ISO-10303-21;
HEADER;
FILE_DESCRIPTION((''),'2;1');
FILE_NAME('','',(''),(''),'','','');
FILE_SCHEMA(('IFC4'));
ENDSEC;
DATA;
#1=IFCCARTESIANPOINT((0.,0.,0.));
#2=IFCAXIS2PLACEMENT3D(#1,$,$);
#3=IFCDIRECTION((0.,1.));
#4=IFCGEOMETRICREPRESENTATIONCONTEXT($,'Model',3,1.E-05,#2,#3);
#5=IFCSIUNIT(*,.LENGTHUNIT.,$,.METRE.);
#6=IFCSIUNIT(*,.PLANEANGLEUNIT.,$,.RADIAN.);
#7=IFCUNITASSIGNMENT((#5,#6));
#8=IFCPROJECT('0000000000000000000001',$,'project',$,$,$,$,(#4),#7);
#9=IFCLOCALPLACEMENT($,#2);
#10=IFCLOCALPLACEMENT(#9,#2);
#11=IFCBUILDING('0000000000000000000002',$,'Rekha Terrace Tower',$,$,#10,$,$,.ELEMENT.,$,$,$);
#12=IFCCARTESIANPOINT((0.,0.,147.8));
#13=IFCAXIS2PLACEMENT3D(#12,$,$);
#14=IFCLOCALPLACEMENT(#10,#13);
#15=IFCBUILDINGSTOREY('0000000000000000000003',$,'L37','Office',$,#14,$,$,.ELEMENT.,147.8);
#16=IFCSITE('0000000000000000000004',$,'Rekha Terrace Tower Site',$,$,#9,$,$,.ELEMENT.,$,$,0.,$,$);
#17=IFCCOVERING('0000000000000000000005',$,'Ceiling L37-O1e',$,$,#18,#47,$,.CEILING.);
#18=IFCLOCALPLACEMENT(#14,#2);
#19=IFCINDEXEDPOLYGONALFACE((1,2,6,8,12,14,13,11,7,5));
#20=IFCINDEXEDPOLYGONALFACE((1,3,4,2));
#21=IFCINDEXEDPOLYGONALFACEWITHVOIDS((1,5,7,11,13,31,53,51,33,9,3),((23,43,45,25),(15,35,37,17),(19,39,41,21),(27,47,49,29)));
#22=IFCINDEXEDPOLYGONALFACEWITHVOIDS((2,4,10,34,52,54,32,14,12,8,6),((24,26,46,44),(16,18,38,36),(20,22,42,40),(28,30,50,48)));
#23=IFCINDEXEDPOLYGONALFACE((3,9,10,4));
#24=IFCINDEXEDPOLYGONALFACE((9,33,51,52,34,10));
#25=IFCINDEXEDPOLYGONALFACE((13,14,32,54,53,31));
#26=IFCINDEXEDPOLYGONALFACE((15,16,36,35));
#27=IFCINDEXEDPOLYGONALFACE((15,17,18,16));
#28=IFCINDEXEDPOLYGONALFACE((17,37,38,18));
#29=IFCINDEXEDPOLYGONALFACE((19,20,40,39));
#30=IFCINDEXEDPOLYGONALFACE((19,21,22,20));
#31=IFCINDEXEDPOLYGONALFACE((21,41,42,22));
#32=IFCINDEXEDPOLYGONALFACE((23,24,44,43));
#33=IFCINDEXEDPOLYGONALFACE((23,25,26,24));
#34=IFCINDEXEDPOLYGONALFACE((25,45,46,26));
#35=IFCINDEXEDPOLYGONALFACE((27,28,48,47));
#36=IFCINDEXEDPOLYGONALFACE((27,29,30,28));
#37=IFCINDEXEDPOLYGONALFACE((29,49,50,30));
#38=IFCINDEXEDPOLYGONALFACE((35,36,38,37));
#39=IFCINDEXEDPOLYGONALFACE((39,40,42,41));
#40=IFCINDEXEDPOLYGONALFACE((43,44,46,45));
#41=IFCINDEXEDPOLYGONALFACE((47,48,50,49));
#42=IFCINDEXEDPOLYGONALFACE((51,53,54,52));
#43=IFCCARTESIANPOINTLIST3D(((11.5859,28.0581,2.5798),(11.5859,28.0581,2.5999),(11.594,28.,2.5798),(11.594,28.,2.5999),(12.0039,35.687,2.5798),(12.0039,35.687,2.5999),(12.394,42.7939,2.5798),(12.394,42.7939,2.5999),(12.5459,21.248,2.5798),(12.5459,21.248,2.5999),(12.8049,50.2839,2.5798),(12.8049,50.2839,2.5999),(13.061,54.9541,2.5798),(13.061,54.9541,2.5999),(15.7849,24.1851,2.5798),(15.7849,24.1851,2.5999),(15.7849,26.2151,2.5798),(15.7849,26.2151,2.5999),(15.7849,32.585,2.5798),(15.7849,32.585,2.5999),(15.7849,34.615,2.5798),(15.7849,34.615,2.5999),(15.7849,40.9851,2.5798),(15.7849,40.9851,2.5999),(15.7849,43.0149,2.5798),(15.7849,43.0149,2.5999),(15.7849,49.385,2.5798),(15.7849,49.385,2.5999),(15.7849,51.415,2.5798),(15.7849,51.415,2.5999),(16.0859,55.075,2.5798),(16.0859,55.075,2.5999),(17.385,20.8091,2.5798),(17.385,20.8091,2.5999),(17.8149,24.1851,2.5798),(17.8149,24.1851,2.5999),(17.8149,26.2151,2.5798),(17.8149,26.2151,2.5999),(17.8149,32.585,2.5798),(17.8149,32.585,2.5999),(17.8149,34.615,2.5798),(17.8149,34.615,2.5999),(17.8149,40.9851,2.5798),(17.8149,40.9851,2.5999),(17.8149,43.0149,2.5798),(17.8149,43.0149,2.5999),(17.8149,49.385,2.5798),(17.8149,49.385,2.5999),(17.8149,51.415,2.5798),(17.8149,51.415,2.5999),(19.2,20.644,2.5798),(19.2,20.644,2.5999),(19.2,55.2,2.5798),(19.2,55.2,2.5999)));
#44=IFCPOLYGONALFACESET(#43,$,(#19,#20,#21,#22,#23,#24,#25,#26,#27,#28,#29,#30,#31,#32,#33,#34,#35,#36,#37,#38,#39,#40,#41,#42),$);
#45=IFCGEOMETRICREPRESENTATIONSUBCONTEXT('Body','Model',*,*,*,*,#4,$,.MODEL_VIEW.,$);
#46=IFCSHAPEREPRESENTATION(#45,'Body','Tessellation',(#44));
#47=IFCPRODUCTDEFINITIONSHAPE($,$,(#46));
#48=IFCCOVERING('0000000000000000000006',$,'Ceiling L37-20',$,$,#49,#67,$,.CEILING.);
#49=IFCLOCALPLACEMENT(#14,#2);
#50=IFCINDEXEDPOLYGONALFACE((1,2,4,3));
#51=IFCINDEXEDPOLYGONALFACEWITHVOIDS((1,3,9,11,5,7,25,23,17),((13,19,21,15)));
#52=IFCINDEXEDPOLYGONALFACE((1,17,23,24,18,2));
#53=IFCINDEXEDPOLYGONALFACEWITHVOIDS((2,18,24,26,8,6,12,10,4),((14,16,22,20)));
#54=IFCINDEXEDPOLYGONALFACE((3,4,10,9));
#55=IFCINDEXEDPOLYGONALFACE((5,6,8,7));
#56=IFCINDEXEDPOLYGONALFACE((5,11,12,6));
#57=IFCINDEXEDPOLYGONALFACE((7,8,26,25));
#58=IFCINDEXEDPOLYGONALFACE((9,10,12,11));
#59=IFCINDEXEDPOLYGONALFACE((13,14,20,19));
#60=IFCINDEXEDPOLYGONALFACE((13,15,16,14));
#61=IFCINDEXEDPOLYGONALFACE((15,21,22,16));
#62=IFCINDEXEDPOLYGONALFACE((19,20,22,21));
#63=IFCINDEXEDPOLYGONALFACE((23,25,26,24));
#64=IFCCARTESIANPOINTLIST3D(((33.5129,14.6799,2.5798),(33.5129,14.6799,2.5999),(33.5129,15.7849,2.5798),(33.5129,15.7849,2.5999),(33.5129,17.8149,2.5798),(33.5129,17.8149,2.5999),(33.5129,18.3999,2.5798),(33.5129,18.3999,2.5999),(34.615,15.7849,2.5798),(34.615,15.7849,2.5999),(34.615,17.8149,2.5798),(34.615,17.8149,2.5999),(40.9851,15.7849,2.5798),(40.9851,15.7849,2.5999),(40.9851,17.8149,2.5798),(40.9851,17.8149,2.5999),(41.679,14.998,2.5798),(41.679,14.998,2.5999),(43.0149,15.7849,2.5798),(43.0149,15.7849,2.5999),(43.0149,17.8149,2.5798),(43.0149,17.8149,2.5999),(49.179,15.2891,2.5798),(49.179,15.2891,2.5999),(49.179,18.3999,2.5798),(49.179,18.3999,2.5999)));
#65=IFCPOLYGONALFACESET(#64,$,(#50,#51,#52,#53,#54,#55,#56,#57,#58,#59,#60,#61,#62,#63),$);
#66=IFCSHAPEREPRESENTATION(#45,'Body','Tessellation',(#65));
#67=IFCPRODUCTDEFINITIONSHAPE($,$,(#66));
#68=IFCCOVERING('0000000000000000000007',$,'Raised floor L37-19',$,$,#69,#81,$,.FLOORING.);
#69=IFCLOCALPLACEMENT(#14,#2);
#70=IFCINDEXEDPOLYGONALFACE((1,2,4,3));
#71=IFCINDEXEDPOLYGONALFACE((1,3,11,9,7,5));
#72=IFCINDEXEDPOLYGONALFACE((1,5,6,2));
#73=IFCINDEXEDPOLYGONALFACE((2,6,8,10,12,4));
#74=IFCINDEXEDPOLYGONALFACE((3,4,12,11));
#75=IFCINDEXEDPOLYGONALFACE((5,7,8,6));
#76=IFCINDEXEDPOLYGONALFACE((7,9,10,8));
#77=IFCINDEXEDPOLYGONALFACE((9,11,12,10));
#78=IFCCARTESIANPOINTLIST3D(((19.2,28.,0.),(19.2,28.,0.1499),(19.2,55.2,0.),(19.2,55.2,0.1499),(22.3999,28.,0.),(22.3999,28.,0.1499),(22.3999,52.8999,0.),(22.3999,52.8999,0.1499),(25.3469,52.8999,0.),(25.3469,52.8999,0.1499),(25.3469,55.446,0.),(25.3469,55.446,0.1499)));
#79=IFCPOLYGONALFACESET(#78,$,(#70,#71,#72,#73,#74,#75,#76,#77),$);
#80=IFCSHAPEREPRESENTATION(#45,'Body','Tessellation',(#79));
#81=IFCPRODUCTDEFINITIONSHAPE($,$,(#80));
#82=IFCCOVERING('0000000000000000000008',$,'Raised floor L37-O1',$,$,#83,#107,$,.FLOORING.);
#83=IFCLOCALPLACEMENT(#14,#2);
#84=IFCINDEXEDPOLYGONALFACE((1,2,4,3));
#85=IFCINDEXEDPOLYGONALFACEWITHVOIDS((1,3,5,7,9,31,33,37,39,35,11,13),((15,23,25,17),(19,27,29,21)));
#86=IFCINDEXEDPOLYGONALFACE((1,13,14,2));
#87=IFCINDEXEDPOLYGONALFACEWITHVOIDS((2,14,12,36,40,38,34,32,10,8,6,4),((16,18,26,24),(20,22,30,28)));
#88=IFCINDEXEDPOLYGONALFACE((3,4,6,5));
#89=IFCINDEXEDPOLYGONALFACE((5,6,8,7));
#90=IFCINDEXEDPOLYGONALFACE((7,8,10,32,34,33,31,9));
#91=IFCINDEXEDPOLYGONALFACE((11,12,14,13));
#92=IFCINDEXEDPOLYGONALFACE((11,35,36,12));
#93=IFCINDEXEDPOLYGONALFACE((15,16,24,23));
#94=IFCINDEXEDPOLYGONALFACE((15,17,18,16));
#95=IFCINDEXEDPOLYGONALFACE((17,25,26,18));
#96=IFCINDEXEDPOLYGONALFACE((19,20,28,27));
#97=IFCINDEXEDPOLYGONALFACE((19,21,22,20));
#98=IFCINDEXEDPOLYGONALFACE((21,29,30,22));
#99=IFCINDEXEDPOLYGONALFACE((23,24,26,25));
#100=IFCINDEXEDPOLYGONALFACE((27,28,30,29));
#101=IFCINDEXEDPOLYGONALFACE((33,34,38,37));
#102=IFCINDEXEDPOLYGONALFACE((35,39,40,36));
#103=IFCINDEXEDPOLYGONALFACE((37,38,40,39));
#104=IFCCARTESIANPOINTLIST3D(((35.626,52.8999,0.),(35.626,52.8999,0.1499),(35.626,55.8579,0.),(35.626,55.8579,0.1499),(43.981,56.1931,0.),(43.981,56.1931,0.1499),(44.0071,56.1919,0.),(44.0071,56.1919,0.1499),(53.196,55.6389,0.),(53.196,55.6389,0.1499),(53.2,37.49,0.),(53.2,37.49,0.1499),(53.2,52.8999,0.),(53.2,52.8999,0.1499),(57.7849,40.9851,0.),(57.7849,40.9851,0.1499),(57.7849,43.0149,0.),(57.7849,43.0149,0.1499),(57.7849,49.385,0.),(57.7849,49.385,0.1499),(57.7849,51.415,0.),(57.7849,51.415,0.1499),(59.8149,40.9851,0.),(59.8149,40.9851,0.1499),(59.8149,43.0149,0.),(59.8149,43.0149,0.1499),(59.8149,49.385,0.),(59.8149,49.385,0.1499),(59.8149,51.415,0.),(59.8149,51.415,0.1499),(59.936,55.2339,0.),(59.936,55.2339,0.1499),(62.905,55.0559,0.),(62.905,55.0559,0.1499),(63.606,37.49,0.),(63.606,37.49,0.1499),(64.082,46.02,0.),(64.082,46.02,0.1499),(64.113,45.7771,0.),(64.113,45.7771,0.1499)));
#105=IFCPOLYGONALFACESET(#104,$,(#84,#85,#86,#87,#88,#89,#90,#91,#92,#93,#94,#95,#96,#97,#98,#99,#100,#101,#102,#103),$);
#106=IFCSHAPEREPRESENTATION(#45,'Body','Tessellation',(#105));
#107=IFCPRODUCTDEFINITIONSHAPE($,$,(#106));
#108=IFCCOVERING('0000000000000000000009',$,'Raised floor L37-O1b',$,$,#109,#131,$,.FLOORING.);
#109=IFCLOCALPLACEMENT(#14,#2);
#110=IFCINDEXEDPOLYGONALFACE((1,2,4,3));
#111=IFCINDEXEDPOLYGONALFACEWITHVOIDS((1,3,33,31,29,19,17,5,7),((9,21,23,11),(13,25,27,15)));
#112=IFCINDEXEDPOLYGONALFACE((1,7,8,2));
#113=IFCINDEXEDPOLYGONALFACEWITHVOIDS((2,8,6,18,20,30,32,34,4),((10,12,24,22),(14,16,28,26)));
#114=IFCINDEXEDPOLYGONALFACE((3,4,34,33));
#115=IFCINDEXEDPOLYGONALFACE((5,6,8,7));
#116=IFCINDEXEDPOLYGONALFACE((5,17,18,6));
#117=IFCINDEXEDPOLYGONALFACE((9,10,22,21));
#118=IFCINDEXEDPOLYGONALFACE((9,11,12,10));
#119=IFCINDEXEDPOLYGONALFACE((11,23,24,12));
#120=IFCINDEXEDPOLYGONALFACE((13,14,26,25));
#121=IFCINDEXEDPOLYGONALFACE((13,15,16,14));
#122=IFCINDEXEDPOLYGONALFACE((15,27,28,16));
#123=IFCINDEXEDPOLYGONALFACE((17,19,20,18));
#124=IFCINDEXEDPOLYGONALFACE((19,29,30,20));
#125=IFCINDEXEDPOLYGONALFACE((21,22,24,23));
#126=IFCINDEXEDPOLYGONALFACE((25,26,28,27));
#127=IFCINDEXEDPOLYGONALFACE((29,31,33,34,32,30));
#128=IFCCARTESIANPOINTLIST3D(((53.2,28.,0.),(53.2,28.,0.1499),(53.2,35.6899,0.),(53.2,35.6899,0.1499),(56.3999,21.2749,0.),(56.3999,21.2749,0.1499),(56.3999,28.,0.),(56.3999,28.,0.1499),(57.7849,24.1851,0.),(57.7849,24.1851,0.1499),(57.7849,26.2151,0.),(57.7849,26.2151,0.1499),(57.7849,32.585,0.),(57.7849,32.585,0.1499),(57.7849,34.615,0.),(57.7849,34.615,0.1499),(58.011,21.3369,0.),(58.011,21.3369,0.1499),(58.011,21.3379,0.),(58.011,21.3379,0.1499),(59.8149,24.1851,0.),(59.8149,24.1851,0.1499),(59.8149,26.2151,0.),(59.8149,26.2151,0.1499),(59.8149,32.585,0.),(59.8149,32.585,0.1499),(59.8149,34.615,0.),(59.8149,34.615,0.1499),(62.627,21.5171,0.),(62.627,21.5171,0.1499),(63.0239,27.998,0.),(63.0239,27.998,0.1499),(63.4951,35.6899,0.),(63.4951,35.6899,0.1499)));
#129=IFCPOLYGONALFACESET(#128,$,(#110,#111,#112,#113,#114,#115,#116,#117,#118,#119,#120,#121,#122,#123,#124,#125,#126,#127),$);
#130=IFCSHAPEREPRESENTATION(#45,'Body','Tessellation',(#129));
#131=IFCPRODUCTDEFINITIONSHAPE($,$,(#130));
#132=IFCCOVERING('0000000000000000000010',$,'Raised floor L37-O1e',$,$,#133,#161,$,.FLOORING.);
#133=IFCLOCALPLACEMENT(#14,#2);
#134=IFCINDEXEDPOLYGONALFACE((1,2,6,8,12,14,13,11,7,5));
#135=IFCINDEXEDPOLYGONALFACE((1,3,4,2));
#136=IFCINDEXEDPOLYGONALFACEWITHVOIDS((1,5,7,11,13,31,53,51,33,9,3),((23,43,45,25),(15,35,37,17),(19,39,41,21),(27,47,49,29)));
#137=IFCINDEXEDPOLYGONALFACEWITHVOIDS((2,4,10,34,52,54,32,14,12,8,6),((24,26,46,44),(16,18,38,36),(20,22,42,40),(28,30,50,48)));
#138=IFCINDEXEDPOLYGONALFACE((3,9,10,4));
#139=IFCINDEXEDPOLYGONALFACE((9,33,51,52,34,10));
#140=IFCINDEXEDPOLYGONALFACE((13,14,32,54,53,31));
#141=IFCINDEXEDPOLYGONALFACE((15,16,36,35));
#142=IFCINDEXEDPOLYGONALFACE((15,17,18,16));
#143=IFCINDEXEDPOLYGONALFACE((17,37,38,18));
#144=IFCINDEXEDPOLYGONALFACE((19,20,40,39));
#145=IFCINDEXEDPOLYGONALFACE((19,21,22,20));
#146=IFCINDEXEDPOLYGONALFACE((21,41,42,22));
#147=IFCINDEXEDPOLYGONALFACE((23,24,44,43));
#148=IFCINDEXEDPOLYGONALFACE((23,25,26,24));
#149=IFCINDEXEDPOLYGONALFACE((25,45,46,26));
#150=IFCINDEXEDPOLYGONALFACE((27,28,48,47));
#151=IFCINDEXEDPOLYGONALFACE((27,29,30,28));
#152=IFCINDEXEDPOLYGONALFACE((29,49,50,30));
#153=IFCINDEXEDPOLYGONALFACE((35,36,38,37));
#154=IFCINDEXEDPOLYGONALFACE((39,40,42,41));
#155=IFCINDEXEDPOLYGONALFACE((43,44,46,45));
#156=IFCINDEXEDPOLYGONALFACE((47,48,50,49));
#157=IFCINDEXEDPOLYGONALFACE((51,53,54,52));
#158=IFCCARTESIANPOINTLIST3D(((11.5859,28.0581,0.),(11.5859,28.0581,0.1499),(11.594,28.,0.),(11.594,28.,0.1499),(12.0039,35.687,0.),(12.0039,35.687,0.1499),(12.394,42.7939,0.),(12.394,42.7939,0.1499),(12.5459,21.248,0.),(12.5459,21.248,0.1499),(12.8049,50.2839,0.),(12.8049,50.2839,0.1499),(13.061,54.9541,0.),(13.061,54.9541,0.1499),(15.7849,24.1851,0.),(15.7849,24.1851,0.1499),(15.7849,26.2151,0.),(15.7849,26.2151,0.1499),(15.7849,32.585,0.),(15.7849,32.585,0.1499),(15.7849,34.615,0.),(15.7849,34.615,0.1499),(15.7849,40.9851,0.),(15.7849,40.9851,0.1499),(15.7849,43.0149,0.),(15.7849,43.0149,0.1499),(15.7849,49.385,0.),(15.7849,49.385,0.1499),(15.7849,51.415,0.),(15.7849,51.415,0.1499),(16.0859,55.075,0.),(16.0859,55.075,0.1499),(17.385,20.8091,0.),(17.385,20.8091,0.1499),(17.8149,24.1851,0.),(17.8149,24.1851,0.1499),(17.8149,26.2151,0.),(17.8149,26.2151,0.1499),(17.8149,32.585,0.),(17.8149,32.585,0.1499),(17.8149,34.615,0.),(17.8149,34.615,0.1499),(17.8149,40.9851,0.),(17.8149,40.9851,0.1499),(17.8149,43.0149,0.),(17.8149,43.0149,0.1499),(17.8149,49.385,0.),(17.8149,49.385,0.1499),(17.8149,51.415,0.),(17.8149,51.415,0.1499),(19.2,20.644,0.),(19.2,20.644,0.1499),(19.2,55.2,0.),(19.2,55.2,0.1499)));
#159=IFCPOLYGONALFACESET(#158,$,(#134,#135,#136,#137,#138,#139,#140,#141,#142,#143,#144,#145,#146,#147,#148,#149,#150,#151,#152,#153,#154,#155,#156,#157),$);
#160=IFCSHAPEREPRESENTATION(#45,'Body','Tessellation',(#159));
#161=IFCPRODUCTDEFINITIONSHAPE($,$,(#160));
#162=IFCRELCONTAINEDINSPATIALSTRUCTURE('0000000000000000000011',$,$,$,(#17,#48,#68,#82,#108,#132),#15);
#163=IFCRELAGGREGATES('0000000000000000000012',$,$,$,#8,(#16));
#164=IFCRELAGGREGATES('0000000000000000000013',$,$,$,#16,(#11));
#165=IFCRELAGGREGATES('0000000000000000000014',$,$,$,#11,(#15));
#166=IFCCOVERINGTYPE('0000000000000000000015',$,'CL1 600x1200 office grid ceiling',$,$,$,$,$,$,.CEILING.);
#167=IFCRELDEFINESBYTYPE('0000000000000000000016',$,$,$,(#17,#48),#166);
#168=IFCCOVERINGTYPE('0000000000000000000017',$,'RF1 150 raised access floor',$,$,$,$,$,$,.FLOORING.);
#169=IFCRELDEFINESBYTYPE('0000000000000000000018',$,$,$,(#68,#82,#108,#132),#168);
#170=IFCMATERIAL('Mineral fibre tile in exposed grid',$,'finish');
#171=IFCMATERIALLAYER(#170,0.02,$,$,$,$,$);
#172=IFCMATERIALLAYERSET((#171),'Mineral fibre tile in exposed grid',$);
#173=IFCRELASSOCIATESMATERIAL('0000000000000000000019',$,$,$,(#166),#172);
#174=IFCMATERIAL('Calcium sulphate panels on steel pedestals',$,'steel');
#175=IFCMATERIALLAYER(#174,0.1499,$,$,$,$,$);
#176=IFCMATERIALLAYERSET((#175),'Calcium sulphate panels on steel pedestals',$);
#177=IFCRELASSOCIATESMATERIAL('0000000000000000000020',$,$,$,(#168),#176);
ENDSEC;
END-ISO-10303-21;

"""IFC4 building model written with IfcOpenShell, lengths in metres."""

from ifc_helpers import new_model, si_unit, direction, frame, origin, place, context, subcontext, project, spatial, polyline, outline, extrude, material, layer, layer_set, type_object, element, save


model = new_model("IFC4")

# Units and contexts
model_context = context("Model", 3, precision=1e-05, world=origin(), true_north=direction((0.0, 1.0)))
body_context = subcontext(model_context, "Body", "Model", "MODEL_VIEW")
ifc_project = project(units=[si_unit("LENGTHUNIT", "METRE"), si_unit("PLANEANGLEUNIT", "RADIAN")], contexts=[model_context])

# Site, building, storey
site_placement = place(None, origin())
site = spatial("IfcSite", under=ifc_project, at=site_placement, Name="Rekha Terrace Tower Site", CompositionType="ELEMENT", RefElevation=0.0)
building_placement = place(site_placement, origin())
building = spatial("IfcBuilding", under=site, at=building_placement, Name="Rekha Terrace Tower", CompositionType="ELEMENT")
storey_placement = place(building_placement, frame((0.0, 0.0, 147.8)))
storey = spatial("IfcBuildingStorey", under=building, at=storey_placement, Name="L37", Description="Office", CompositionType="ELEMENT", Elevation=147.8)

# Coverings
ifc_material_1 = material(Name="Mineral fibre tile in exposed grid", Category="finish")
ifc_layer_1 = layer(ifc_material_1, 0.02)
ifc_layer_set_1 = layer_set([ifc_layer_1], Name="Mineral fibre tile in exposed grid")
covering_type_1 = type_object("IfcCoveringType", Name="CL1 600x1200 office grid ceiling", PredefinedType="CEILING", material=ifc_layer_set_1)
covering_1_placement = place(storey_placement, frame((0.0, 0.0, 2.5798)))
element("IfcCovering", 1, at=covering_1_placement, inside=storey, type_object=covering_type_1, Name="Ceiling L37-O1e", PredefinedType="CEILING", context=body_context, shape_type="SweptSolid", body=[
    extrude(outline(polyline([(11.5859, 28.0581), (11.594, 28.0), (12.5459, 21.248), (17.385, 20.8091), (19.2, 20.644), (19.2, 55.2), (16.0859, 55.075), (13.061, 54.9541), (12.8049, 50.2839), (12.394, 42.7939), (12.0039, 35.687), (11.5859, 28.0581)]), holes=[polyline([(17.8149, 26.2151), (17.8149, 24.1851), (15.7849, 24.1851), (15.7849, 26.2151), (17.8149, 26.2151)]), polyline([(17.8149, 34.615), (17.8149, 32.585), (15.7849, 32.585), (15.7849, 34.615), (17.8149, 34.615)]), polyline([(17.8149, 40.9851), (15.7849, 40.9851), (15.7849, 43.0149), (17.8149, 43.0149), (17.8149, 40.9851)]), polyline([(17.8149, 49.385), (15.7849, 49.385), (15.7849, 51.415), (17.8149, 51.415), (17.8149, 49.385)])]), origin(), (0.0, 0.0, 1.0), 0.02),
])
covering_2_placement = place(storey_placement, frame((0.0, 0.0, 2.5798)))
element("IfcCovering", 2, at=covering_2_placement, inside=storey, type_object=covering_type_1, Name="Ceiling L37-20", PredefinedType="CEILING", context=body_context, shape_type="SweptSolid", body=[
    extrude(outline(polyline([(33.5129, 14.6799), (41.679, 14.998), (49.179, 15.2891), (49.179, 18.3999), (33.5129, 18.3999), (33.5129, 17.8149), (34.615, 17.8149), (34.615, 15.7849), (33.5129, 15.7849), (33.5129, 14.6799)]), holes=[polyline([(43.0149, 17.8149), (43.0149, 15.7849), (40.9851, 15.7849), (40.9851, 17.8149), (43.0149, 17.8149)])]), origin(), (0.0, 0.0, 1.0), 0.02),
])
ifc_material_2 = material(Name="Calcium sulphate panels on steel pedestals", Category="steel")
ifc_layer_2 = layer(ifc_material_2, 0.1499)
ifc_layer_set_2 = layer_set([ifc_layer_2], Name="Calcium sulphate panels on steel pedestals")
covering_type_2 = type_object("IfcCoveringType", Name="RF1 150 raised access floor", PredefinedType="FLOORING", material=ifc_layer_set_2)
covering_3_placement = place(storey_placement, origin())
element("IfcCovering", 3, at=covering_3_placement, inside=storey, type_object=covering_type_2, Name="Raised floor L37-19", PredefinedType="FLOORING", context=body_context, shape_type="SweptSolid", body=[
    extrude(outline(polyline([(22.3999, 28.0), (22.3999, 52.8999), (25.3469, 52.8999), (25.3469, 55.446), (19.2, 55.2), (19.2, 28.0), (22.3999, 28.0)])), origin(), (0.0, 0.0, 1.0), 0.1499),
])
covering_4_placement = place(storey_placement, origin())
element("IfcCovering", 4, at=covering_4_placement, inside=storey, type_object=covering_type_2, Name="Raised floor L37-O1", PredefinedType="FLOORING", context=body_context, shape_type="SweptSolid", body=[
    extrude(outline(polyline([(53.196, 55.6389), (44.0071, 56.1919), (43.981, 56.1931), (35.626, 55.8579), (35.626, 52.8999), (53.2, 52.8999), (53.2, 37.49), (63.606, 37.49), (64.113, 45.7771), (64.082, 46.02), (62.905, 55.0559), (59.936, 55.2339), (53.196, 55.6389)]), holes=[polyline([(59.8149, 40.9851), (57.7849, 40.9851), (57.7849, 43.0149), (59.8149, 43.0149), (59.8149, 40.9851)]), polyline([(59.8149, 49.385), (57.7849, 49.385), (57.7849, 51.415), (59.8149, 51.415), (59.8149, 49.385)])]), origin(), (0.0, 0.0, 1.0), 0.1499),
])
covering_5_placement = place(storey_placement, origin())
element("IfcCovering", 5, at=covering_5_placement, inside=storey, type_object=covering_type_2, Name="Raised floor L37-O1b", PredefinedType="FLOORING", context=body_context, shape_type="SweptSolid", body=[
    extrude(outline(polyline([(53.2, 35.6899), (53.2, 28.0), (56.3999, 28.0), (56.3999, 21.2749), (58.011, 21.3369), (58.011, 21.3379), (62.627, 21.5171), (63.0239, 27.998), (63.4951, 35.6899), (53.2, 35.6899)]), holes=[polyline([(59.8149, 26.2151), (59.8149, 24.1851), (57.7849, 24.1851), (57.7849, 26.2151), (59.8149, 26.2151)]), polyline([(59.8149, 32.585), (57.7849, 32.585), (57.7849, 34.615), (59.8149, 34.615), (59.8149, 32.585)])]), origin(), (0.0, 0.0, 1.0), 0.1499),
])
covering_6_placement = place(storey_placement, origin())
element("IfcCovering", 6, at=covering_6_placement, inside=storey, type_object=covering_type_2, Name="Raised floor L37-O1e", PredefinedType="FLOORING", context=body_context, shape_type="SweptSolid", body=[
    extrude(outline(polyline([(11.5859, 28.0581), (11.594, 28.0), (12.5459, 21.248), (17.385, 20.8091), (19.2, 20.644), (19.2, 55.2), (16.0859, 55.075), (13.061, 54.9541), (12.8049, 50.2839), (12.394, 42.7939), (12.0039, 35.687), (11.5859, 28.0581)]), holes=[polyline([(17.8149, 26.2151), (17.8149, 24.1851), (15.7849, 24.1851), (15.7849, 26.2151), (17.8149, 26.2151)]), polyline([(17.8149, 34.615), (17.8149, 32.585), (15.7849, 32.585), (15.7849, 34.615), (17.8149, 34.615)]), polyline([(17.8149, 40.9851), (15.7849, 40.9851), (15.7849, 43.0149), (17.8149, 43.0149), (17.8149, 40.9851)]), polyline([(17.8149, 49.385), (15.7849, 49.385), (15.7849, 51.415), (17.8149, 51.415), (17.8149, 49.385)])]), origin(), (0.0, 0.0, 1.0), 0.1499),
])

save(model, "model.ifc")
